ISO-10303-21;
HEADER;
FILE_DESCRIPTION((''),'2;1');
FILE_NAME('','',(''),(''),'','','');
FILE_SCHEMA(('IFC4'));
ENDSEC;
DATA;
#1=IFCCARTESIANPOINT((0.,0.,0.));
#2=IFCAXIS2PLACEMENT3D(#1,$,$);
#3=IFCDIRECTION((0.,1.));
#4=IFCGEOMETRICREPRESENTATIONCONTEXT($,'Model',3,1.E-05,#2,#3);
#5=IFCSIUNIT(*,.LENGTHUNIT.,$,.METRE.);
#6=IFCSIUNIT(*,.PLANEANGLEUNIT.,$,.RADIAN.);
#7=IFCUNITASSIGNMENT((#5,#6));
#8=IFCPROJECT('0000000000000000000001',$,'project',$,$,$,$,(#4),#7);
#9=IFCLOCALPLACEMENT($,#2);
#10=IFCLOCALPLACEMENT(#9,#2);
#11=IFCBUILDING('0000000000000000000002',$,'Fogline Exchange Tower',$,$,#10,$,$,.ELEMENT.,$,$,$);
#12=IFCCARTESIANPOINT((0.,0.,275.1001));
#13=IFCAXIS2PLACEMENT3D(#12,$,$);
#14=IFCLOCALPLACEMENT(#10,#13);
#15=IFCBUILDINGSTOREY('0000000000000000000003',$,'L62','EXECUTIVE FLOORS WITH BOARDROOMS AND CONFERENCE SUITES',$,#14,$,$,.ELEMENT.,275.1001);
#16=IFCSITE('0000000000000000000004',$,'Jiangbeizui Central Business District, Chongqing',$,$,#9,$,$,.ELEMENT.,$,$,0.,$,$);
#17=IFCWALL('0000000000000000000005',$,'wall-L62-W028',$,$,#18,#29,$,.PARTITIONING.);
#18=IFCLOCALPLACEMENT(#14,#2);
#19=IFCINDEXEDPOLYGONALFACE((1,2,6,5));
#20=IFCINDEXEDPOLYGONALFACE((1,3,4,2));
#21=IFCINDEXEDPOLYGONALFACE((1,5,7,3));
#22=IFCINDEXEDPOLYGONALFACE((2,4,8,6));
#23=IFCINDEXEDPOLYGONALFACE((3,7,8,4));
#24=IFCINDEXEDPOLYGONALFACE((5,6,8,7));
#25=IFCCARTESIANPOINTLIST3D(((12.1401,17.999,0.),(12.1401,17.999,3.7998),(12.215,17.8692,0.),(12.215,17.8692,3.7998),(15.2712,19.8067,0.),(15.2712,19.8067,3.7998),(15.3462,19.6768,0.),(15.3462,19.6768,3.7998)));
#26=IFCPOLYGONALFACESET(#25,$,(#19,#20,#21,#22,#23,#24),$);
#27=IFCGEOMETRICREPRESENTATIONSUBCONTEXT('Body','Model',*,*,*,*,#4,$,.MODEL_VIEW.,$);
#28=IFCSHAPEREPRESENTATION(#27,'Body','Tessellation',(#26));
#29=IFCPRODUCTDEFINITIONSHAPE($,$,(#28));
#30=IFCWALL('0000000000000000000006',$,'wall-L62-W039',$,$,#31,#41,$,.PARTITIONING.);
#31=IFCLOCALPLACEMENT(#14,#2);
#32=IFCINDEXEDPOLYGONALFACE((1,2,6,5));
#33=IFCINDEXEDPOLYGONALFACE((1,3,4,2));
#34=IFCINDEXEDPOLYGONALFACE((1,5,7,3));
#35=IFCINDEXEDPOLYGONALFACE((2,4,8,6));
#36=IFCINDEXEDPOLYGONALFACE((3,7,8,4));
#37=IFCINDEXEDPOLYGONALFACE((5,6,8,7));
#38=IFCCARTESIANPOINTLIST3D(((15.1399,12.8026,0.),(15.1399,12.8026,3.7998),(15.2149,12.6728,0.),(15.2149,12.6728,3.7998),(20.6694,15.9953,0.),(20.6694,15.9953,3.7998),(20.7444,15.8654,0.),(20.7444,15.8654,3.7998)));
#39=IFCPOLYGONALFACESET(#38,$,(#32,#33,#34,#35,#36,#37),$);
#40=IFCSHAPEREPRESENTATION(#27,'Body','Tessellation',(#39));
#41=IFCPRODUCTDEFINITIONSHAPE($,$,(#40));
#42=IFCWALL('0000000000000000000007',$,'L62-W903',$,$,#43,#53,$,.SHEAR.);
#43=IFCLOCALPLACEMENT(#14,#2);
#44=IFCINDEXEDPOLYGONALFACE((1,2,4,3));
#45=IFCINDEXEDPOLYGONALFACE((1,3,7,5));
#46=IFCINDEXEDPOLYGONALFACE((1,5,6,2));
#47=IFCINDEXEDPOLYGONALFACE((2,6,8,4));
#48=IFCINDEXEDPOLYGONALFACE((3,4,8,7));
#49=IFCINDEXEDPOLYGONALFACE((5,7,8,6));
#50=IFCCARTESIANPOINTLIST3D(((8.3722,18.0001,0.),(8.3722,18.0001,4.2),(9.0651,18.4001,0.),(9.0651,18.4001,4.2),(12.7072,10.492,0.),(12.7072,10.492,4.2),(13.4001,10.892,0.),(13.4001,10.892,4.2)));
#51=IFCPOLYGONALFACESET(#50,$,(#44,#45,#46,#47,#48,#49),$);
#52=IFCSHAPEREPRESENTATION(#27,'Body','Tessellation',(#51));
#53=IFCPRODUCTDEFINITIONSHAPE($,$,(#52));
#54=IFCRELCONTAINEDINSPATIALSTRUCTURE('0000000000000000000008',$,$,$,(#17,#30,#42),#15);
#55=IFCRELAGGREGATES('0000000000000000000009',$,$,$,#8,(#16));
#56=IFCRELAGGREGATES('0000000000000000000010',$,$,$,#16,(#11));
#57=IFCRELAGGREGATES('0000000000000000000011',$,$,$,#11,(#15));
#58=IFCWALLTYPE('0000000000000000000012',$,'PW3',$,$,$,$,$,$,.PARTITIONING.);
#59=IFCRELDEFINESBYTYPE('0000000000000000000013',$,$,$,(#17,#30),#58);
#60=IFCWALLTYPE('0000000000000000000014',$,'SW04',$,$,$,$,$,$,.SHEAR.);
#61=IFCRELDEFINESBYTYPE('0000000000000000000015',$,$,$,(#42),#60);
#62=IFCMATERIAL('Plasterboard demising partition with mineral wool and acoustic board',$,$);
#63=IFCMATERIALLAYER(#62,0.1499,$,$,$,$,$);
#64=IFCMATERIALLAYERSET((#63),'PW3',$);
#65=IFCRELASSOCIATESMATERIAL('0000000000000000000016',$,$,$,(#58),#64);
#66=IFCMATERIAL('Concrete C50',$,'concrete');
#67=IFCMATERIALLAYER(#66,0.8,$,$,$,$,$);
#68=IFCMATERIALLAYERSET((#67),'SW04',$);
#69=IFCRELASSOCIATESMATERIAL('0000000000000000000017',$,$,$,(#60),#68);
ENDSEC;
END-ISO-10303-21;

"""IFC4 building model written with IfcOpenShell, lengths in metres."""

from ifc_helpers import new_model, si_unit, direction, frame, frame_2d, origin, place, context, subcontext, project, spatial, rectangle, extrude, material, layer, layer_set, type_object, element, save


model = new_model("IFC4")

# Units and contexts
model_context = context("Model", 3, precision=1e-05, world=origin(), true_north=direction((0.0, 1.0)))
body_context = subcontext(model_context, "Body", "Model", "MODEL_VIEW")
ifc_project = project(units=[si_unit("LENGTHUNIT", "METRE"), si_unit("PLANEANGLEUNIT", "RADIAN")], contexts=[model_context])

# Site, building, storey
site_placement = place(None, origin())
site = spatial("IfcSite", under=ifc_project, at=site_placement, Name="Jiangbeizui Central Business District, Chongqing", CompositionType="ELEMENT", RefElevation=0.0)
building_placement = place(site_placement, origin())
building = spatial("IfcBuilding", under=site, at=building_placement, Name="Fogline Exchange Tower", CompositionType="ELEMENT")
storey_placement = place(building_placement, frame((0.0, 0.0, 275.1001)))
storey = spatial("IfcBuildingStorey", under=building, at=storey_placement, Name="L62", Description="EXECUTIVE FLOORS WITH BOARDROOMS AND CONFERENCE SUITES", CompositionType="ELEMENT", Elevation=275.1001)

# Walls
ifc_material_1 = material(Name="Plasterboard demising partition with mineral wool and acoustic board")
ifc_layer_1 = layer(ifc_material_1, 0.1499)
ifc_layer_set_1 = layer_set([ifc_layer_1], Name="PW3")
wall_type_1 = type_object("IfcWallType", Name="PW3", PredefinedType="PARTITIONING", material=ifc_layer_set_1)
wall_1_placement = place(storey_placement, frame((15.3086, 19.7417, 0.0), z_axis=(0.0, 0.0, 1.0), x_axis=(-0.866041, -0.499974, 0.0)))
element("IfcWall", 1, at=wall_1_placement, inside=storey, type_object=wall_type_1, Name="wall-L62-W028", PredefinedType="PARTITIONING", context=body_context, shape_type="SweptSolid", body=[
    extrude(rectangle(XDim=3.6155, YDim=0.1499, at=frame_2d((1.8076, 0.0))), origin(), (0.0, 0.0, 1.0), 3.7998),
])
wall_2_placement = place(storey_placement, frame((15.1775, 12.7378, 0.0), z_axis=(0.0, 0.0, 1.0), x_axis=(0.866016, 0.500017, 0.0)))
element("IfcWall", 2, at=wall_2_placement, inside=storey, type_object=wall_type_1, Name="wall-L62-W039", PredefinedType="PARTITIONING", context=body_context, shape_type="SweptSolid", body=[
    extrude(rectangle(XDim=6.385, YDim=0.1499, at=frame_2d((3.1924, 0.0))), origin(), (0.0, 0.0, 1.0), 3.7998),
])
ifc_material_2 = material(Name="Concrete C50", Category="concrete")
ifc_layer_2 = layer(ifc_material_2, 0.8)
ifc_layer_set_2 = layer_set([ifc_layer_2], Name="SW04")
wall_type_2 = type_object("IfcWallType", Name="SW04", PredefinedType="SHEAR", material=ifc_layer_set_2)
wall_3_placement = place(storey_placement, frame((13.0537, 10.6919, 0.0), z_axis=(0.0, 0.0, 1.0), x_axis=(-0.500016, 0.866016, 0.0)))
element("IfcWall", 3, at=wall_3_placement, inside=storey, type_object=wall_type_2, Name="L62-W903", PredefinedType="SHEAR", context=body_context, shape_type="SweptSolid", body=[
    extrude(rectangle(XDim=8.6697, YDim=0.8, at=frame_2d((4.335, 0.0))), origin(), (0.0, 0.0, 1.0), 4.2),
])

save(model, "model.ifc")
